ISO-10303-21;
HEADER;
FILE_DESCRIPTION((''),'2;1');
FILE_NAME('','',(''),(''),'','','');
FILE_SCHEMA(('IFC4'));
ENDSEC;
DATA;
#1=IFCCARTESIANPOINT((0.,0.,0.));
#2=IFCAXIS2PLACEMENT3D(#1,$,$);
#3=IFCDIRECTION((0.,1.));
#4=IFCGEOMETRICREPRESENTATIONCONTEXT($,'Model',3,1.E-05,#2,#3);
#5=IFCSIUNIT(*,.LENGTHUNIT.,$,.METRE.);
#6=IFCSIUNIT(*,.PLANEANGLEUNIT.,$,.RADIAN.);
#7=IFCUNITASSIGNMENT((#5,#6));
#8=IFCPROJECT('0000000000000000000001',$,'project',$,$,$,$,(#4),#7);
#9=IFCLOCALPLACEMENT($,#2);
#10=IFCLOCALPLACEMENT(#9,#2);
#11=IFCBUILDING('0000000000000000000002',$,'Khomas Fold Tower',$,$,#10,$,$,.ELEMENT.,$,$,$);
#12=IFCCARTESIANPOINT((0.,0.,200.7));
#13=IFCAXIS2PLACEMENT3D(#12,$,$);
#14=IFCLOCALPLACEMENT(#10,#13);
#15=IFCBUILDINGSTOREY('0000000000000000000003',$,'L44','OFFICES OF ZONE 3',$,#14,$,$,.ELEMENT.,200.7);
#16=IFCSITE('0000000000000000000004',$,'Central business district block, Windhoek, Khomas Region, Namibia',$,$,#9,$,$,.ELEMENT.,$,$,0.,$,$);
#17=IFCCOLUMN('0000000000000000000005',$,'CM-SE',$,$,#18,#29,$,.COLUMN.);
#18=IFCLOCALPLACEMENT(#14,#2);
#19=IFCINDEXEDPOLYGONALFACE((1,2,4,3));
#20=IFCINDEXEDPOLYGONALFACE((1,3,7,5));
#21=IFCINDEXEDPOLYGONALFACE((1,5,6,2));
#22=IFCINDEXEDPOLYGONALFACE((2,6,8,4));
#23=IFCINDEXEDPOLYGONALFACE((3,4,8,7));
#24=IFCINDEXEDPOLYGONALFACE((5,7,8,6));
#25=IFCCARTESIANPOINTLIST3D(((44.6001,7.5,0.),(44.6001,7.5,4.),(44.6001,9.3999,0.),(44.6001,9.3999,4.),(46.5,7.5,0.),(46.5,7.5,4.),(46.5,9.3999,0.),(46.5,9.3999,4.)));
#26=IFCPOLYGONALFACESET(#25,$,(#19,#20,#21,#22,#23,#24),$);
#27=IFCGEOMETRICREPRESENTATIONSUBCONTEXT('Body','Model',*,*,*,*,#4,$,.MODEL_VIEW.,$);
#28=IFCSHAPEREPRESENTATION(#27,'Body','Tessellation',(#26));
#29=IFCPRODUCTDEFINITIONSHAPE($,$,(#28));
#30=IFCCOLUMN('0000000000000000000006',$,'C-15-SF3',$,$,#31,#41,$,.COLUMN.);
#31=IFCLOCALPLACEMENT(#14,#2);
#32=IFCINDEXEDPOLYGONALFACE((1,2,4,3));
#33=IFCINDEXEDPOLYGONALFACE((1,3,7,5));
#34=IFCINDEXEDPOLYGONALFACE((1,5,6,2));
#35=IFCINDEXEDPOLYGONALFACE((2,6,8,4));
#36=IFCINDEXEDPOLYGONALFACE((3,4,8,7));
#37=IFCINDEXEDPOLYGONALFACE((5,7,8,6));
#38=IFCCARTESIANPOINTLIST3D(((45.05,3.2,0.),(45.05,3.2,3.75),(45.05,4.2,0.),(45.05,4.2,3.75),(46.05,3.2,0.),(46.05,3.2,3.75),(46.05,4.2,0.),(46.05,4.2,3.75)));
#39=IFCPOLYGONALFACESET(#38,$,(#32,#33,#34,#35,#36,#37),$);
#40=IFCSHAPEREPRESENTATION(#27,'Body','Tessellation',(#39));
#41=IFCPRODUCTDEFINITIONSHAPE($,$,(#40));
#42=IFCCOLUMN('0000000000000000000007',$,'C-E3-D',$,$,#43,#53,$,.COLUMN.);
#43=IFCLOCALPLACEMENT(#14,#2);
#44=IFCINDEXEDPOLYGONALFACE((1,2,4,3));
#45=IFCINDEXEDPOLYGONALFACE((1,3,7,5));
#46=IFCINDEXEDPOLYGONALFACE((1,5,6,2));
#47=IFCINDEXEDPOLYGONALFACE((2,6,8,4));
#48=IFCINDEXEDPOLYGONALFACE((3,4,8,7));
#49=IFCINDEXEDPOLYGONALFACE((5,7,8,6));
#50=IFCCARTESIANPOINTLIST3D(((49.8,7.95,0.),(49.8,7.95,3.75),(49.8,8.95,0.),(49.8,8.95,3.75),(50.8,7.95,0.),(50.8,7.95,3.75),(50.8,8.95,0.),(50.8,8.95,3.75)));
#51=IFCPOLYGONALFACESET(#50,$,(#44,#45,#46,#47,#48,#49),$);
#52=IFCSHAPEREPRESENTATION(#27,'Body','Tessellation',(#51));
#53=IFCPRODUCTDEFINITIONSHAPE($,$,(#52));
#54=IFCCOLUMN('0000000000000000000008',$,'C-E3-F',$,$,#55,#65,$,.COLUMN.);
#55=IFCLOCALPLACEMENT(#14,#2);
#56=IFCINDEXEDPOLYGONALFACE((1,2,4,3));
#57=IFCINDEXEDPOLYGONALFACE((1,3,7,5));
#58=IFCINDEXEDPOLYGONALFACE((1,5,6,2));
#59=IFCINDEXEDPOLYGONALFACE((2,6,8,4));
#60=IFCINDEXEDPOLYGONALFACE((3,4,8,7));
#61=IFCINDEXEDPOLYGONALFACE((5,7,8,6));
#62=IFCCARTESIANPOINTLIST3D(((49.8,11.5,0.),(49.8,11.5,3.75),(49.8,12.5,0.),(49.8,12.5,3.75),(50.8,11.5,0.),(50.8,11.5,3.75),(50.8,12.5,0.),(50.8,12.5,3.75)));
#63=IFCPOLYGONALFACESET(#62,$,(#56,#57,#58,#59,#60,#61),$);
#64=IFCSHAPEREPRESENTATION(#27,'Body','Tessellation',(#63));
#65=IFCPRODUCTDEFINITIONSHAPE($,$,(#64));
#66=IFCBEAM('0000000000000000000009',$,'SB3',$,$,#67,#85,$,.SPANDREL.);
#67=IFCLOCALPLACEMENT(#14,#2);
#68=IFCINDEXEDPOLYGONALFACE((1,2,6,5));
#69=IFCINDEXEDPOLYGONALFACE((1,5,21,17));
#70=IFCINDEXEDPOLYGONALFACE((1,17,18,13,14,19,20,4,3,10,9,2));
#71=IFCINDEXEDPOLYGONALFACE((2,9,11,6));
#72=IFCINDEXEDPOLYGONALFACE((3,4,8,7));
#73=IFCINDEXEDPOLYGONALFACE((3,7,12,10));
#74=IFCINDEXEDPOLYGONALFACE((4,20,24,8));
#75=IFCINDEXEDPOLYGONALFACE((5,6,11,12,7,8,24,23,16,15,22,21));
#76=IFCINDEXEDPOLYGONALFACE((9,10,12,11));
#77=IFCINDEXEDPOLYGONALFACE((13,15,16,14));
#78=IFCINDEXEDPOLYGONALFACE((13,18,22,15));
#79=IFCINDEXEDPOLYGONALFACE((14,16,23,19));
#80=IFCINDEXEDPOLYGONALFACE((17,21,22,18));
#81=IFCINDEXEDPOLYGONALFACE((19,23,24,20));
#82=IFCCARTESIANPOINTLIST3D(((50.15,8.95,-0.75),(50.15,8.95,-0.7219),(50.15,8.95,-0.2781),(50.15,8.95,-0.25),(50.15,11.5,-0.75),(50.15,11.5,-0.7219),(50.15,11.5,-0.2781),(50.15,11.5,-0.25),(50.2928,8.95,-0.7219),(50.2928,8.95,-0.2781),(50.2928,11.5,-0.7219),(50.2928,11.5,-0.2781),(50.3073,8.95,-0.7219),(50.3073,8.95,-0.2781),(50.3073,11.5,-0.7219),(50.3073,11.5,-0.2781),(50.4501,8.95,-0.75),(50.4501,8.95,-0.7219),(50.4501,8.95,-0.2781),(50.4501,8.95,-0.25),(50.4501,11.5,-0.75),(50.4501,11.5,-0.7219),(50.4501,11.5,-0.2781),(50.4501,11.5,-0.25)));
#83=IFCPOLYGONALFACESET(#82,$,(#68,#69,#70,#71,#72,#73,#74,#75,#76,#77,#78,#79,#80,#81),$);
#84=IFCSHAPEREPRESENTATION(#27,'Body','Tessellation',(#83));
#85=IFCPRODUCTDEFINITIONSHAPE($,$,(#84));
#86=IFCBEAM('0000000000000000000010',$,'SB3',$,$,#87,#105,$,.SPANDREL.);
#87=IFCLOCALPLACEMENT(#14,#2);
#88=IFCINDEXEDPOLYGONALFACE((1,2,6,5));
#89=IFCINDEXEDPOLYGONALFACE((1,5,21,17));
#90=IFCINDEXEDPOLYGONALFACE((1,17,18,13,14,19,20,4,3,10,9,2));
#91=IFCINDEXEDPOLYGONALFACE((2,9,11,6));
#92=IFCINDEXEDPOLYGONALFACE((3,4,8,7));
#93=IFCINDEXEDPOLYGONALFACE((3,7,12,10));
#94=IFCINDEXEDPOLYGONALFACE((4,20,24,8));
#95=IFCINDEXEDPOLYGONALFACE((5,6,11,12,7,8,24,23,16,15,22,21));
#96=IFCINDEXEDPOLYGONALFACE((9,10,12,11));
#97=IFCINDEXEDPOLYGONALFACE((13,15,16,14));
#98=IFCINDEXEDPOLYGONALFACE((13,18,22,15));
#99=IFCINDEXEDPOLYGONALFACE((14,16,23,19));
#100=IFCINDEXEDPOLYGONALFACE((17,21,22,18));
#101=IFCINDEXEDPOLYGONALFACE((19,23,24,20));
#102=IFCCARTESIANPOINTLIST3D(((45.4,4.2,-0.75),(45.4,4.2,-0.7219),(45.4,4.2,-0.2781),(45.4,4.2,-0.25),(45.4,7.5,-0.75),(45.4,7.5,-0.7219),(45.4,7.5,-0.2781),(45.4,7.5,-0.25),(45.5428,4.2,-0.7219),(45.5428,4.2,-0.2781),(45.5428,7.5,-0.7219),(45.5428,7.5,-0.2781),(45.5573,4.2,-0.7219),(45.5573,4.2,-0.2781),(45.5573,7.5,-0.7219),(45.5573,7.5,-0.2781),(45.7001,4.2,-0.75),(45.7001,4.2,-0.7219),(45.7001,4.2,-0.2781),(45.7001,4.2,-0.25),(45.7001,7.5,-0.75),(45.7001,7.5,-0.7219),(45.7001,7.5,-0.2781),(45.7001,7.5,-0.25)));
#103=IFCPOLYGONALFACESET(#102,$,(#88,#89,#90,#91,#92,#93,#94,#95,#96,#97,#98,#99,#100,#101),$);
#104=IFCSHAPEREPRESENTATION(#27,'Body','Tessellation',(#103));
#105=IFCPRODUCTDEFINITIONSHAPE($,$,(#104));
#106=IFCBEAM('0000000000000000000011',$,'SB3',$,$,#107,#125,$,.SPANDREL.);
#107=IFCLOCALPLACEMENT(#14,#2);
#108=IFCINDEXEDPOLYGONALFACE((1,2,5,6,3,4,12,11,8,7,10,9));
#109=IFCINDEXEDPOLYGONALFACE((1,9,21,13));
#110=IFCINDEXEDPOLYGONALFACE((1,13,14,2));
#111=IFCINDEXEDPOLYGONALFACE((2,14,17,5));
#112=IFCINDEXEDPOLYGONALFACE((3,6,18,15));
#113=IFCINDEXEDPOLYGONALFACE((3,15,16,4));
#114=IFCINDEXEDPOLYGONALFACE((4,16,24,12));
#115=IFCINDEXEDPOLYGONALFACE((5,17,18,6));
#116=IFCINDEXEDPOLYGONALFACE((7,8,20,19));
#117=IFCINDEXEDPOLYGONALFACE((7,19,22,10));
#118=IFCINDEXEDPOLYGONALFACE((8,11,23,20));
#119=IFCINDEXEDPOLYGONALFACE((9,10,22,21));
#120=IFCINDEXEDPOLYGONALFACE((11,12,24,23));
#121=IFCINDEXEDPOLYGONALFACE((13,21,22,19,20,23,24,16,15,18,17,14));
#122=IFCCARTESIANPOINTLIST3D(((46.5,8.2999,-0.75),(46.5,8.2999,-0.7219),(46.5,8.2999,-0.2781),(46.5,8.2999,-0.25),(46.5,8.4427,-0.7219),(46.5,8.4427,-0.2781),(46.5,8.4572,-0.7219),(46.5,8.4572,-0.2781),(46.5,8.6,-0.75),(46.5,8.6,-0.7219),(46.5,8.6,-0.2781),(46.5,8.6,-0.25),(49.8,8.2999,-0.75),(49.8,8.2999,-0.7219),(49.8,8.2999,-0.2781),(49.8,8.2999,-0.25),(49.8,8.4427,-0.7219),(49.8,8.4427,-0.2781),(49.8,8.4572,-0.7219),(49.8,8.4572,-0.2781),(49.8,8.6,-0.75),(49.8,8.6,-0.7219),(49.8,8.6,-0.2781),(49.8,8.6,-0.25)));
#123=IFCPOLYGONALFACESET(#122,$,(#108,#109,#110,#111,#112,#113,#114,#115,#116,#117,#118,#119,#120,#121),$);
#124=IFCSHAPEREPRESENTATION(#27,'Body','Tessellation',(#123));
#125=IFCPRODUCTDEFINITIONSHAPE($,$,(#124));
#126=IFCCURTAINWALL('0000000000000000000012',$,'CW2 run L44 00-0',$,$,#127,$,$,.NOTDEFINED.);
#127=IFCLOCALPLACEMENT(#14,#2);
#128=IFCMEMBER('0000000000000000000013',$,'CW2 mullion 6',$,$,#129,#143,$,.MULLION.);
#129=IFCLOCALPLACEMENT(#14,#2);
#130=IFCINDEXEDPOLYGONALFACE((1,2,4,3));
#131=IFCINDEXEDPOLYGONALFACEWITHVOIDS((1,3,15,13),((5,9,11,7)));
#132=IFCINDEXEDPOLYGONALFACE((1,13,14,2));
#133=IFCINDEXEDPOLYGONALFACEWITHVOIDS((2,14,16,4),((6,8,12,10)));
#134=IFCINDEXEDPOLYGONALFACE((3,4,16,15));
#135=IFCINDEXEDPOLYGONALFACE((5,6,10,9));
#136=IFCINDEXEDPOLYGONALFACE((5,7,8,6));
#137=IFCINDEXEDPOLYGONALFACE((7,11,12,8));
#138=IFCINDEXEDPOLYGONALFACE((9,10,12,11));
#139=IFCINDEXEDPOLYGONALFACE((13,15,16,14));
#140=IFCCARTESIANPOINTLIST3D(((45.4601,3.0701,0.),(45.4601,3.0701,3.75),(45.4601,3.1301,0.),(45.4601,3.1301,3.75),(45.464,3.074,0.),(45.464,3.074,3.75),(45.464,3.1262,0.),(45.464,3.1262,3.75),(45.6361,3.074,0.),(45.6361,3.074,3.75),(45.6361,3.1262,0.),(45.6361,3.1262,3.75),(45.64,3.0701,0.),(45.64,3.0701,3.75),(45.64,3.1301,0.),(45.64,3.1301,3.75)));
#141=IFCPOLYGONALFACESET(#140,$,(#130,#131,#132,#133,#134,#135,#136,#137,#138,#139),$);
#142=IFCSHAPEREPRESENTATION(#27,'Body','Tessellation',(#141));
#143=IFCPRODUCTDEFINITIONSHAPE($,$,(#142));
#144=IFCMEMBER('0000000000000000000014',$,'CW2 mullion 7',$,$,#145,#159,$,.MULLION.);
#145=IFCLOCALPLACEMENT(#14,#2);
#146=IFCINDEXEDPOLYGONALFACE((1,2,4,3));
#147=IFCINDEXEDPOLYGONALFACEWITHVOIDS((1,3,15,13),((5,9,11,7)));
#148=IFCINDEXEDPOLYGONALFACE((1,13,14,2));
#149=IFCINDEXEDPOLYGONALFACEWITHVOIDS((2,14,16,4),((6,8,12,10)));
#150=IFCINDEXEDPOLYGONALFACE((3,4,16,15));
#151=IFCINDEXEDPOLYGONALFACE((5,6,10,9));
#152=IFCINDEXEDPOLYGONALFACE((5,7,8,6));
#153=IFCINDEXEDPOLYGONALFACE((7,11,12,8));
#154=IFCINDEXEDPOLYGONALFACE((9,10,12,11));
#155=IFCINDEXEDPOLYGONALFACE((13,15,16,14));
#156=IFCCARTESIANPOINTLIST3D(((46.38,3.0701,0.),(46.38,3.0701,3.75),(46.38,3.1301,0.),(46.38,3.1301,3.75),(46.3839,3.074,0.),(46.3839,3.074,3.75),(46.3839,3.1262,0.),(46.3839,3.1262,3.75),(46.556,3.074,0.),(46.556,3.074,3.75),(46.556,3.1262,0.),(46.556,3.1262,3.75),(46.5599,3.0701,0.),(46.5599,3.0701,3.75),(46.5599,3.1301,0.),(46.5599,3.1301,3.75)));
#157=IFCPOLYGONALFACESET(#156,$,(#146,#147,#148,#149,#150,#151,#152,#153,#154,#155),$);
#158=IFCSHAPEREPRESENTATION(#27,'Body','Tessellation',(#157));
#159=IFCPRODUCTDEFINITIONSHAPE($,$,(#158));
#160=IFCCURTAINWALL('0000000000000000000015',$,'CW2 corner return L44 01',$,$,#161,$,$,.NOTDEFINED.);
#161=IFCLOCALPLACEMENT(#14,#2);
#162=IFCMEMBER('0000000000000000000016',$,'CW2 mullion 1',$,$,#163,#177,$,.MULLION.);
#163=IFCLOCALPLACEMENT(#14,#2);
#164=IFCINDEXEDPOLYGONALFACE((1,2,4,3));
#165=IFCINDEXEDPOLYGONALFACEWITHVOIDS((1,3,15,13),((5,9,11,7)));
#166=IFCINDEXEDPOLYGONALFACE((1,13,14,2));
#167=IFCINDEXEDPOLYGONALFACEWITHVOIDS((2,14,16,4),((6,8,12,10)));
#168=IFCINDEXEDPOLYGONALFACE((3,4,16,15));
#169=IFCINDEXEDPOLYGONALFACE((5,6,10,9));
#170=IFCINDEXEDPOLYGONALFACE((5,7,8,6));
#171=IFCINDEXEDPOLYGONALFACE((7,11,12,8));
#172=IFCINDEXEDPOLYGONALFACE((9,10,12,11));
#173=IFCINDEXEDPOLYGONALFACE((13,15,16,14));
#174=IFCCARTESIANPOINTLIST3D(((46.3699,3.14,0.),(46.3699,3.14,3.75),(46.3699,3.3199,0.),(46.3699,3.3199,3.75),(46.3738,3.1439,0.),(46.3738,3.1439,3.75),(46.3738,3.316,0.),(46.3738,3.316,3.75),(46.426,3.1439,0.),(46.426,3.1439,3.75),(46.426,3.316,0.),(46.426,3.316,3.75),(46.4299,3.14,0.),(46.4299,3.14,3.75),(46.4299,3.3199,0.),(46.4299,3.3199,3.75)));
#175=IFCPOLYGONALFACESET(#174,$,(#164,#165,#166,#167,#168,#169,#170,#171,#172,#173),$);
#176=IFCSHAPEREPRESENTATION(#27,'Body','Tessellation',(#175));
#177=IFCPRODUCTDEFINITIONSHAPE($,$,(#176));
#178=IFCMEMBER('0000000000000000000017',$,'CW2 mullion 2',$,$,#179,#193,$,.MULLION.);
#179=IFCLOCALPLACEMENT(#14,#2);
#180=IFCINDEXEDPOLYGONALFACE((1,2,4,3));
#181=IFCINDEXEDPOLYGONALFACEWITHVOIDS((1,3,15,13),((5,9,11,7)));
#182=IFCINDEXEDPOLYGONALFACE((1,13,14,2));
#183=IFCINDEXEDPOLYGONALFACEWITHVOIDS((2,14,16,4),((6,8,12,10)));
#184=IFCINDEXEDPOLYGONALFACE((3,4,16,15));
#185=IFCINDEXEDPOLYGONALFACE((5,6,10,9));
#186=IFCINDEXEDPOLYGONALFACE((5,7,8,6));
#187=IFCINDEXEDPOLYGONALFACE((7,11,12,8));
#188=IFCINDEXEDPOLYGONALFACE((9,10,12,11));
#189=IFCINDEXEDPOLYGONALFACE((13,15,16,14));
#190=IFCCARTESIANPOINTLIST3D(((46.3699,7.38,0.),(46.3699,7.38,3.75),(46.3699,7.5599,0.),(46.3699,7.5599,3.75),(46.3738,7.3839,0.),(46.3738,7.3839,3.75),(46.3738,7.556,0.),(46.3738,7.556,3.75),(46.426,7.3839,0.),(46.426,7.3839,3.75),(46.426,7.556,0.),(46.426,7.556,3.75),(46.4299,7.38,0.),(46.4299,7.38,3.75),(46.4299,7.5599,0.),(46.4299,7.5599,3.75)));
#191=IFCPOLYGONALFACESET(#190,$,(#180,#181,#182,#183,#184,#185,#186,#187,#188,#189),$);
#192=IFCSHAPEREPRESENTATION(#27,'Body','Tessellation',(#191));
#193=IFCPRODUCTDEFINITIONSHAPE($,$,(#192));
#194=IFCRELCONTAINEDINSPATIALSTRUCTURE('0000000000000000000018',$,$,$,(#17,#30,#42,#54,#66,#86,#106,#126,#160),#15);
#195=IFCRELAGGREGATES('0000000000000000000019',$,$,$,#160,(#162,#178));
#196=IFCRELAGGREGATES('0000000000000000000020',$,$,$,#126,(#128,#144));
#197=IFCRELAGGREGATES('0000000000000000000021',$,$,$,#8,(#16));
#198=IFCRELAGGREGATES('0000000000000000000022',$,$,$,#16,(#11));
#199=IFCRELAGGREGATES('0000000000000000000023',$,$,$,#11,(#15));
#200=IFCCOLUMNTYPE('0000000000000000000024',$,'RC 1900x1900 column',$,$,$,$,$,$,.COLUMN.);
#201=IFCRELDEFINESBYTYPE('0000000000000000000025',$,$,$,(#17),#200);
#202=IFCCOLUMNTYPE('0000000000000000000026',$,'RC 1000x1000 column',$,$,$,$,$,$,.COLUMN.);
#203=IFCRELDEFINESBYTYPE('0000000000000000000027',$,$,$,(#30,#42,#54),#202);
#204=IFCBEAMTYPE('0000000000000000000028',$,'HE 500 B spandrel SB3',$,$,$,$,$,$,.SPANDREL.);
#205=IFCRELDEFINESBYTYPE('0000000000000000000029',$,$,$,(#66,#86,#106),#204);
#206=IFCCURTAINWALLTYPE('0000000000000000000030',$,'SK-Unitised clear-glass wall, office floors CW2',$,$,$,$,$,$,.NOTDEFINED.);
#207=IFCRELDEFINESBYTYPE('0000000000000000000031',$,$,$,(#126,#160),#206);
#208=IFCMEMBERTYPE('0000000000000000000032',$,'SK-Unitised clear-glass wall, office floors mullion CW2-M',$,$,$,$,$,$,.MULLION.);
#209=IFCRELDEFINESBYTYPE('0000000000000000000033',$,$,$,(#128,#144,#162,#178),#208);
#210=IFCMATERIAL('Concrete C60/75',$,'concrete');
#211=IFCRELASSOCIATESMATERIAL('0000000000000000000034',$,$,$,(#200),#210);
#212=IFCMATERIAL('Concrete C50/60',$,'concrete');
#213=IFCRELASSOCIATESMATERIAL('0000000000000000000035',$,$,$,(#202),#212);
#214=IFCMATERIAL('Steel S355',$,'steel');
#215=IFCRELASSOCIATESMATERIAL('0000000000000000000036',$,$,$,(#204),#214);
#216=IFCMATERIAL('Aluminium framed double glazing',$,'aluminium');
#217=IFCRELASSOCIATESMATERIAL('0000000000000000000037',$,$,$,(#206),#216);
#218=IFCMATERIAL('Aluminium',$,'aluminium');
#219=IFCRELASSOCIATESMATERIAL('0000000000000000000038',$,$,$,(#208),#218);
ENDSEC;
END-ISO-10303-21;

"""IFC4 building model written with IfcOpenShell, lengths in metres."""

from ifc_helpers import new_model, si_unit, direction, frame, origin, origin_2d, place, context, subcontext, project, spatial, rectangle, hollow_rectangle, i_section, extrude, source, transform, mapped, material, material_profile, profile_set, type_object, element, aggregate, save


model = new_model("IFC4")

# Units and contexts
model_context = context("Model", 3, precision=1e-05, world=origin(), true_north=direction((0.0, 1.0)))
body_context = subcontext(model_context, "Body", "Model", "MODEL_VIEW")
ifc_project = project(units=[si_unit("LENGTHUNIT", "METRE"), si_unit("PLANEANGLEUNIT", "RADIAN")], contexts=[model_context])

# Site, building, storey
site_placement = place(None, origin())
site = spatial("IfcSite", under=ifc_project, at=site_placement, Name="Central business district block, Windhoek, Khomas Region, Namibia", CompositionType="ELEMENT", RefElevation=0.0)
building_placement = place(site_placement, origin())
building = spatial("IfcBuilding", under=site, at=building_placement, Name="Khomas Fold Tower", CompositionType="ELEMENT")
storey_placement = place(building_placement, frame((0.0, 0.0, 200.7)))
storey = spatial("IfcBuildingStorey", under=building, at=storey_placement, Name="L44", Description="OFFICES OF ZONE 3", CompositionType="ELEMENT", Elevation=200.7)

# Columns
ifc_material_1 = material(Name="Concrete C60/75", Category="concrete")
ifc_material_profile_1 = material_profile(ifc_material_1, rectangle(XDim=1.8999, YDim=1.8999, at=origin_2d()), Name="RC 1900x1900")
ifc_profile_set_1 = profile_set([ifc_material_profile_1], Name="Concrete C60/75")
column_type_1 = type_object("IfcColumnType", Name="RC 1900x1900 column", PredefinedType="COLUMN", material=ifc_profile_set_1)
shared_shape_1 = source(origin(), body_context, "Body", "SweptSolid", [
    extrude(rectangle(XDim=1.8999, YDim=1.8999, at=origin_2d()), origin(), (0.0, 0.0, 1.0), 4.0),
])
column_placement = place(storey_placement, frame((45.55, 8.45, 0.0), z_axis=(0.0, 0.0, 1.0), x_axis=(1.0, 0.0, 0.0)))
element("IfcColumn", 1, at=column_placement, inside=storey, type_object=column_type_1, Name="CM-SE", PredefinedType="COLUMN", context=body_context, shape_type="MappedRepresentation", body=[
    mapped(shared_shape_1, transform((0.0, 0.0, 0.0))),
])
ifc_material_2 = material(Name="Concrete C50/60", Category="concrete")
ifc_material_profile_2 = material_profile(ifc_material_2, rectangle(XDim=1.0, YDim=1.0, at=origin_2d()), Name="RC 1000x1000")
ifc_profile_set_2 = profile_set([ifc_material_profile_2], Name="Concrete C50/60")
column_type_2 = type_object("IfcColumnType", Name="RC 1000x1000 column", PredefinedType="COLUMN", material=ifc_profile_set_2)
shared_shape_2 = source(origin(), body_context, "Body", "SweptSolid", [
    extrude(rectangle(XDim=1.0, YDim=1.0, at=origin_2d()), origin(), (0.0, 0.0, 1.0), 3.75),
])
for number, where, z_axis, x_axis, name in (
    (2, (45.55, 3.7, 0.0), (0.0, 0.0, 1.0), (1.0, 0.0, 0.0), "C-15-SF3"),
    (3, (50.3, 8.45, 0.0), (0.0, 0.0, 1.0), (1.0, 0.0, 0.0), "C-E3-D"),
    (4, (50.3, 12.0, 0.0), (0.0, 0.0, 1.0), (1.0, 0.0, 0.0), "C-E3-F"),
):
    element("IfcColumn", number, at=place(storey_placement, frame(where, z_axis=z_axis, x_axis=x_axis)), inside=storey, type_object=column_type_2, Name=name, PredefinedType="COLUMN", context=body_context, shape_type="MappedRepresentation", body=[
        mapped(shared_shape_2, transform((0.0, 0.0, 0.0))),
    ])

# Beams
ifc_material_3 = material(Name="Steel S355", Category="steel")
ifc_material_profile_3 = material_profile(ifc_material_3, i_section(OverallWidth=0.3, OverallDepth=0.5, WebThickness=0.0144, FlangeThickness=0.0281, at=origin_2d()), Name="HE 500 B")
ifc_profile_set_3 = profile_set([ifc_material_profile_3], Name="Steel S355")
beam_type = type_object("IfcBeamType", Name="HE 500 B spandrel SB3", PredefinedType="SPANDREL", material=ifc_profile_set_3)
shared_shape_3 = source(origin(), body_context, "Body", "SweptSolid", [
    extrude(i_section(OverallWidth=0.3, OverallDepth=0.5, WebThickness=0.0144, FlangeThickness=0.0281, at=origin_2d()), origin(), (0.0, 0.0, 1.0), 2.55),
])
beam_placement = place(storey_placement, frame((50.3, 8.95, -0.5), z_axis=(0.0, 1.0, 0.0), x_axis=(-1.0, 0.0, 0.0)))
element("IfcBeam", 5, at=beam_placement, inside=storey, type_object=beam_type, Name="SB3", PredefinedType="SPANDREL", context=body_context, shape_type="MappedRepresentation", body=[
    mapped(shared_shape_3, transform((0.0, 0.0, 0.0))),
])
shared_shape_4 = source(origin(), body_context, "Body", "SweptSolid", [
    extrude(i_section(OverallWidth=0.3, OverallDepth=0.5, WebThickness=0.0144, FlangeThickness=0.0281, at=origin_2d()), origin(), (0.0, 0.0, 1.0), 3.3),
])
for number, where, z_axis, x_axis, name in (
    (6, (45.55, 4.2, -0.5), (0.0, 1.0, 0.0), (-1.0, 0.0, 0.0), "SB3"),
    (7, (46.5, 8.45, -0.5), (1.0, 0.0, 0.0), (0.0, 1.0, 0.0), "SB3"),
):
    element("IfcBeam", number, at=place(storey_placement, frame(where, z_axis=z_axis, x_axis=x_axis)), inside=storey, type_object=beam_type, Name=name, PredefinedType="SPANDREL", context=body_context, shape_type="MappedRepresentation", body=[
        mapped(shared_shape_4, transform((0.0, 0.0, 0.0))),
    ])

# Curtain walls, members
ifc_material_4 = material(Name="Aluminium framed double glazing", Category="aluminium")
curtain_wall_type = type_object("IfcCurtainWallType", Name="SK-Unitised clear-glass wall, office floors CW2", PredefinedType="NOTDEFINED", material=ifc_material_4)
curtain_wall_1_placement = place(storey_placement, origin())
curtain_wall_1 = element("IfcCurtainWall", 8, at=curtain_wall_1_placement, inside=storey, type_object=curtain_wall_type, Name="CW2 run L44 00-0", PredefinedType="NOTDEFINED")
ifc_material_5 = material(Name="Aluminium", Category="aluminium")
ifc_material_profile_4 = material_profile(ifc_material_5, hollow_rectangle(XDim=0.0601, YDim=0.1799, WallThickness=0.0039, at=origin_2d()), Name="SK-Unitised clear-glass wall, office floors mullion CW2-M")
ifc_profile_set_4 = profile_set([ifc_material_profile_4], Name="Aluminium")
member_type_1 = type_object("IfcMemberType", Name="SK-Unitised clear-glass wall, office floors mullion CW2-M", PredefinedType="MULLION", material=ifc_profile_set_4)
shared_shape_5 = source(origin(), body_context, "Body", "SweptSolid", [
    extrude(hollow_rectangle(XDim=0.0601, YDim=0.1799, WallThickness=0.0039, at=origin_2d()), origin(), (0.0, 0.0, 1.0), 3.75),
])
member_1_placement = place(storey_placement, frame((45.55, 3.1001, 0.0), z_axis=(0.0, 0.0, 1.0), x_axis=(0.0, 1.0, 0.0)))
member_1 = element("IfcMember", 9, at=member_1_placement, type_object=member_type_1, Name="CW2 mullion 6", PredefinedType="MULLION", context=body_context, shape_type="MappedRepresentation", body=[
    mapped(shared_shape_5, transform((0.0, 0.0, 0.0))),
])
member_2_placement = place(storey_placement, frame((46.47, 3.1001, 0.0), z_axis=(0.0, 0.0, 1.0), x_axis=(0.0, 1.0, 0.0)))
member_2 = element("IfcMember", 10, at=member_2_placement, type_object=member_type_1, Name="CW2 mullion 7", PredefinedType="MULLION", context=body_context, shape_type="MappedRepresentation", body=[
    mapped(shared_shape_5, transform((0.0, 0.0, 0.0))),
])
curtain_wall_2_placement = place(storey_placement, origin())
curtain_wall_2 = element("IfcCurtainWall", 11, at=curtain_wall_2_placement, inside=storey, type_object=curtain_wall_type, Name="CW2 corner return L44 01", PredefinedType="NOTDEFINED")
member_3_placement = place(storey_placement, frame((46.3999, 3.23, 0.0), z_axis=(0.0, 0.0, 1.0), x_axis=(-1.0, 0.0, 0.0)))
member_3 = element("IfcMember", 12, at=member_3_placement, type_object=member_type_1, Name="CW2 mullion 1", PredefinedType="MULLION", context=body_context, shape_type="MappedRepresentation", body=[
    mapped(shared_shape_5, transform((0.0, 0.0, 0.0))),
])
member_4_placement = place(storey_placement, frame((46.3999, 7.47, 0.0), z_axis=(0.0, 0.0, 1.0), x_axis=(-1.0, 0.0, 0.0)))
member_4 = element("IfcMember", 13, at=member_4_placement, type_object=member_type_1, Name="CW2 mullion 2", PredefinedType="MULLION", context=body_context, shape_type="MappedRepresentation", body=[
    mapped(shared_shape_5, transform((0.0, 0.0, 0.0))),
])

aggregate(curtain_wall_2, [member_3, member_4])
aggregate(curtain_wall_1, [member_1, member_2])

save(model, "model.ifc")
